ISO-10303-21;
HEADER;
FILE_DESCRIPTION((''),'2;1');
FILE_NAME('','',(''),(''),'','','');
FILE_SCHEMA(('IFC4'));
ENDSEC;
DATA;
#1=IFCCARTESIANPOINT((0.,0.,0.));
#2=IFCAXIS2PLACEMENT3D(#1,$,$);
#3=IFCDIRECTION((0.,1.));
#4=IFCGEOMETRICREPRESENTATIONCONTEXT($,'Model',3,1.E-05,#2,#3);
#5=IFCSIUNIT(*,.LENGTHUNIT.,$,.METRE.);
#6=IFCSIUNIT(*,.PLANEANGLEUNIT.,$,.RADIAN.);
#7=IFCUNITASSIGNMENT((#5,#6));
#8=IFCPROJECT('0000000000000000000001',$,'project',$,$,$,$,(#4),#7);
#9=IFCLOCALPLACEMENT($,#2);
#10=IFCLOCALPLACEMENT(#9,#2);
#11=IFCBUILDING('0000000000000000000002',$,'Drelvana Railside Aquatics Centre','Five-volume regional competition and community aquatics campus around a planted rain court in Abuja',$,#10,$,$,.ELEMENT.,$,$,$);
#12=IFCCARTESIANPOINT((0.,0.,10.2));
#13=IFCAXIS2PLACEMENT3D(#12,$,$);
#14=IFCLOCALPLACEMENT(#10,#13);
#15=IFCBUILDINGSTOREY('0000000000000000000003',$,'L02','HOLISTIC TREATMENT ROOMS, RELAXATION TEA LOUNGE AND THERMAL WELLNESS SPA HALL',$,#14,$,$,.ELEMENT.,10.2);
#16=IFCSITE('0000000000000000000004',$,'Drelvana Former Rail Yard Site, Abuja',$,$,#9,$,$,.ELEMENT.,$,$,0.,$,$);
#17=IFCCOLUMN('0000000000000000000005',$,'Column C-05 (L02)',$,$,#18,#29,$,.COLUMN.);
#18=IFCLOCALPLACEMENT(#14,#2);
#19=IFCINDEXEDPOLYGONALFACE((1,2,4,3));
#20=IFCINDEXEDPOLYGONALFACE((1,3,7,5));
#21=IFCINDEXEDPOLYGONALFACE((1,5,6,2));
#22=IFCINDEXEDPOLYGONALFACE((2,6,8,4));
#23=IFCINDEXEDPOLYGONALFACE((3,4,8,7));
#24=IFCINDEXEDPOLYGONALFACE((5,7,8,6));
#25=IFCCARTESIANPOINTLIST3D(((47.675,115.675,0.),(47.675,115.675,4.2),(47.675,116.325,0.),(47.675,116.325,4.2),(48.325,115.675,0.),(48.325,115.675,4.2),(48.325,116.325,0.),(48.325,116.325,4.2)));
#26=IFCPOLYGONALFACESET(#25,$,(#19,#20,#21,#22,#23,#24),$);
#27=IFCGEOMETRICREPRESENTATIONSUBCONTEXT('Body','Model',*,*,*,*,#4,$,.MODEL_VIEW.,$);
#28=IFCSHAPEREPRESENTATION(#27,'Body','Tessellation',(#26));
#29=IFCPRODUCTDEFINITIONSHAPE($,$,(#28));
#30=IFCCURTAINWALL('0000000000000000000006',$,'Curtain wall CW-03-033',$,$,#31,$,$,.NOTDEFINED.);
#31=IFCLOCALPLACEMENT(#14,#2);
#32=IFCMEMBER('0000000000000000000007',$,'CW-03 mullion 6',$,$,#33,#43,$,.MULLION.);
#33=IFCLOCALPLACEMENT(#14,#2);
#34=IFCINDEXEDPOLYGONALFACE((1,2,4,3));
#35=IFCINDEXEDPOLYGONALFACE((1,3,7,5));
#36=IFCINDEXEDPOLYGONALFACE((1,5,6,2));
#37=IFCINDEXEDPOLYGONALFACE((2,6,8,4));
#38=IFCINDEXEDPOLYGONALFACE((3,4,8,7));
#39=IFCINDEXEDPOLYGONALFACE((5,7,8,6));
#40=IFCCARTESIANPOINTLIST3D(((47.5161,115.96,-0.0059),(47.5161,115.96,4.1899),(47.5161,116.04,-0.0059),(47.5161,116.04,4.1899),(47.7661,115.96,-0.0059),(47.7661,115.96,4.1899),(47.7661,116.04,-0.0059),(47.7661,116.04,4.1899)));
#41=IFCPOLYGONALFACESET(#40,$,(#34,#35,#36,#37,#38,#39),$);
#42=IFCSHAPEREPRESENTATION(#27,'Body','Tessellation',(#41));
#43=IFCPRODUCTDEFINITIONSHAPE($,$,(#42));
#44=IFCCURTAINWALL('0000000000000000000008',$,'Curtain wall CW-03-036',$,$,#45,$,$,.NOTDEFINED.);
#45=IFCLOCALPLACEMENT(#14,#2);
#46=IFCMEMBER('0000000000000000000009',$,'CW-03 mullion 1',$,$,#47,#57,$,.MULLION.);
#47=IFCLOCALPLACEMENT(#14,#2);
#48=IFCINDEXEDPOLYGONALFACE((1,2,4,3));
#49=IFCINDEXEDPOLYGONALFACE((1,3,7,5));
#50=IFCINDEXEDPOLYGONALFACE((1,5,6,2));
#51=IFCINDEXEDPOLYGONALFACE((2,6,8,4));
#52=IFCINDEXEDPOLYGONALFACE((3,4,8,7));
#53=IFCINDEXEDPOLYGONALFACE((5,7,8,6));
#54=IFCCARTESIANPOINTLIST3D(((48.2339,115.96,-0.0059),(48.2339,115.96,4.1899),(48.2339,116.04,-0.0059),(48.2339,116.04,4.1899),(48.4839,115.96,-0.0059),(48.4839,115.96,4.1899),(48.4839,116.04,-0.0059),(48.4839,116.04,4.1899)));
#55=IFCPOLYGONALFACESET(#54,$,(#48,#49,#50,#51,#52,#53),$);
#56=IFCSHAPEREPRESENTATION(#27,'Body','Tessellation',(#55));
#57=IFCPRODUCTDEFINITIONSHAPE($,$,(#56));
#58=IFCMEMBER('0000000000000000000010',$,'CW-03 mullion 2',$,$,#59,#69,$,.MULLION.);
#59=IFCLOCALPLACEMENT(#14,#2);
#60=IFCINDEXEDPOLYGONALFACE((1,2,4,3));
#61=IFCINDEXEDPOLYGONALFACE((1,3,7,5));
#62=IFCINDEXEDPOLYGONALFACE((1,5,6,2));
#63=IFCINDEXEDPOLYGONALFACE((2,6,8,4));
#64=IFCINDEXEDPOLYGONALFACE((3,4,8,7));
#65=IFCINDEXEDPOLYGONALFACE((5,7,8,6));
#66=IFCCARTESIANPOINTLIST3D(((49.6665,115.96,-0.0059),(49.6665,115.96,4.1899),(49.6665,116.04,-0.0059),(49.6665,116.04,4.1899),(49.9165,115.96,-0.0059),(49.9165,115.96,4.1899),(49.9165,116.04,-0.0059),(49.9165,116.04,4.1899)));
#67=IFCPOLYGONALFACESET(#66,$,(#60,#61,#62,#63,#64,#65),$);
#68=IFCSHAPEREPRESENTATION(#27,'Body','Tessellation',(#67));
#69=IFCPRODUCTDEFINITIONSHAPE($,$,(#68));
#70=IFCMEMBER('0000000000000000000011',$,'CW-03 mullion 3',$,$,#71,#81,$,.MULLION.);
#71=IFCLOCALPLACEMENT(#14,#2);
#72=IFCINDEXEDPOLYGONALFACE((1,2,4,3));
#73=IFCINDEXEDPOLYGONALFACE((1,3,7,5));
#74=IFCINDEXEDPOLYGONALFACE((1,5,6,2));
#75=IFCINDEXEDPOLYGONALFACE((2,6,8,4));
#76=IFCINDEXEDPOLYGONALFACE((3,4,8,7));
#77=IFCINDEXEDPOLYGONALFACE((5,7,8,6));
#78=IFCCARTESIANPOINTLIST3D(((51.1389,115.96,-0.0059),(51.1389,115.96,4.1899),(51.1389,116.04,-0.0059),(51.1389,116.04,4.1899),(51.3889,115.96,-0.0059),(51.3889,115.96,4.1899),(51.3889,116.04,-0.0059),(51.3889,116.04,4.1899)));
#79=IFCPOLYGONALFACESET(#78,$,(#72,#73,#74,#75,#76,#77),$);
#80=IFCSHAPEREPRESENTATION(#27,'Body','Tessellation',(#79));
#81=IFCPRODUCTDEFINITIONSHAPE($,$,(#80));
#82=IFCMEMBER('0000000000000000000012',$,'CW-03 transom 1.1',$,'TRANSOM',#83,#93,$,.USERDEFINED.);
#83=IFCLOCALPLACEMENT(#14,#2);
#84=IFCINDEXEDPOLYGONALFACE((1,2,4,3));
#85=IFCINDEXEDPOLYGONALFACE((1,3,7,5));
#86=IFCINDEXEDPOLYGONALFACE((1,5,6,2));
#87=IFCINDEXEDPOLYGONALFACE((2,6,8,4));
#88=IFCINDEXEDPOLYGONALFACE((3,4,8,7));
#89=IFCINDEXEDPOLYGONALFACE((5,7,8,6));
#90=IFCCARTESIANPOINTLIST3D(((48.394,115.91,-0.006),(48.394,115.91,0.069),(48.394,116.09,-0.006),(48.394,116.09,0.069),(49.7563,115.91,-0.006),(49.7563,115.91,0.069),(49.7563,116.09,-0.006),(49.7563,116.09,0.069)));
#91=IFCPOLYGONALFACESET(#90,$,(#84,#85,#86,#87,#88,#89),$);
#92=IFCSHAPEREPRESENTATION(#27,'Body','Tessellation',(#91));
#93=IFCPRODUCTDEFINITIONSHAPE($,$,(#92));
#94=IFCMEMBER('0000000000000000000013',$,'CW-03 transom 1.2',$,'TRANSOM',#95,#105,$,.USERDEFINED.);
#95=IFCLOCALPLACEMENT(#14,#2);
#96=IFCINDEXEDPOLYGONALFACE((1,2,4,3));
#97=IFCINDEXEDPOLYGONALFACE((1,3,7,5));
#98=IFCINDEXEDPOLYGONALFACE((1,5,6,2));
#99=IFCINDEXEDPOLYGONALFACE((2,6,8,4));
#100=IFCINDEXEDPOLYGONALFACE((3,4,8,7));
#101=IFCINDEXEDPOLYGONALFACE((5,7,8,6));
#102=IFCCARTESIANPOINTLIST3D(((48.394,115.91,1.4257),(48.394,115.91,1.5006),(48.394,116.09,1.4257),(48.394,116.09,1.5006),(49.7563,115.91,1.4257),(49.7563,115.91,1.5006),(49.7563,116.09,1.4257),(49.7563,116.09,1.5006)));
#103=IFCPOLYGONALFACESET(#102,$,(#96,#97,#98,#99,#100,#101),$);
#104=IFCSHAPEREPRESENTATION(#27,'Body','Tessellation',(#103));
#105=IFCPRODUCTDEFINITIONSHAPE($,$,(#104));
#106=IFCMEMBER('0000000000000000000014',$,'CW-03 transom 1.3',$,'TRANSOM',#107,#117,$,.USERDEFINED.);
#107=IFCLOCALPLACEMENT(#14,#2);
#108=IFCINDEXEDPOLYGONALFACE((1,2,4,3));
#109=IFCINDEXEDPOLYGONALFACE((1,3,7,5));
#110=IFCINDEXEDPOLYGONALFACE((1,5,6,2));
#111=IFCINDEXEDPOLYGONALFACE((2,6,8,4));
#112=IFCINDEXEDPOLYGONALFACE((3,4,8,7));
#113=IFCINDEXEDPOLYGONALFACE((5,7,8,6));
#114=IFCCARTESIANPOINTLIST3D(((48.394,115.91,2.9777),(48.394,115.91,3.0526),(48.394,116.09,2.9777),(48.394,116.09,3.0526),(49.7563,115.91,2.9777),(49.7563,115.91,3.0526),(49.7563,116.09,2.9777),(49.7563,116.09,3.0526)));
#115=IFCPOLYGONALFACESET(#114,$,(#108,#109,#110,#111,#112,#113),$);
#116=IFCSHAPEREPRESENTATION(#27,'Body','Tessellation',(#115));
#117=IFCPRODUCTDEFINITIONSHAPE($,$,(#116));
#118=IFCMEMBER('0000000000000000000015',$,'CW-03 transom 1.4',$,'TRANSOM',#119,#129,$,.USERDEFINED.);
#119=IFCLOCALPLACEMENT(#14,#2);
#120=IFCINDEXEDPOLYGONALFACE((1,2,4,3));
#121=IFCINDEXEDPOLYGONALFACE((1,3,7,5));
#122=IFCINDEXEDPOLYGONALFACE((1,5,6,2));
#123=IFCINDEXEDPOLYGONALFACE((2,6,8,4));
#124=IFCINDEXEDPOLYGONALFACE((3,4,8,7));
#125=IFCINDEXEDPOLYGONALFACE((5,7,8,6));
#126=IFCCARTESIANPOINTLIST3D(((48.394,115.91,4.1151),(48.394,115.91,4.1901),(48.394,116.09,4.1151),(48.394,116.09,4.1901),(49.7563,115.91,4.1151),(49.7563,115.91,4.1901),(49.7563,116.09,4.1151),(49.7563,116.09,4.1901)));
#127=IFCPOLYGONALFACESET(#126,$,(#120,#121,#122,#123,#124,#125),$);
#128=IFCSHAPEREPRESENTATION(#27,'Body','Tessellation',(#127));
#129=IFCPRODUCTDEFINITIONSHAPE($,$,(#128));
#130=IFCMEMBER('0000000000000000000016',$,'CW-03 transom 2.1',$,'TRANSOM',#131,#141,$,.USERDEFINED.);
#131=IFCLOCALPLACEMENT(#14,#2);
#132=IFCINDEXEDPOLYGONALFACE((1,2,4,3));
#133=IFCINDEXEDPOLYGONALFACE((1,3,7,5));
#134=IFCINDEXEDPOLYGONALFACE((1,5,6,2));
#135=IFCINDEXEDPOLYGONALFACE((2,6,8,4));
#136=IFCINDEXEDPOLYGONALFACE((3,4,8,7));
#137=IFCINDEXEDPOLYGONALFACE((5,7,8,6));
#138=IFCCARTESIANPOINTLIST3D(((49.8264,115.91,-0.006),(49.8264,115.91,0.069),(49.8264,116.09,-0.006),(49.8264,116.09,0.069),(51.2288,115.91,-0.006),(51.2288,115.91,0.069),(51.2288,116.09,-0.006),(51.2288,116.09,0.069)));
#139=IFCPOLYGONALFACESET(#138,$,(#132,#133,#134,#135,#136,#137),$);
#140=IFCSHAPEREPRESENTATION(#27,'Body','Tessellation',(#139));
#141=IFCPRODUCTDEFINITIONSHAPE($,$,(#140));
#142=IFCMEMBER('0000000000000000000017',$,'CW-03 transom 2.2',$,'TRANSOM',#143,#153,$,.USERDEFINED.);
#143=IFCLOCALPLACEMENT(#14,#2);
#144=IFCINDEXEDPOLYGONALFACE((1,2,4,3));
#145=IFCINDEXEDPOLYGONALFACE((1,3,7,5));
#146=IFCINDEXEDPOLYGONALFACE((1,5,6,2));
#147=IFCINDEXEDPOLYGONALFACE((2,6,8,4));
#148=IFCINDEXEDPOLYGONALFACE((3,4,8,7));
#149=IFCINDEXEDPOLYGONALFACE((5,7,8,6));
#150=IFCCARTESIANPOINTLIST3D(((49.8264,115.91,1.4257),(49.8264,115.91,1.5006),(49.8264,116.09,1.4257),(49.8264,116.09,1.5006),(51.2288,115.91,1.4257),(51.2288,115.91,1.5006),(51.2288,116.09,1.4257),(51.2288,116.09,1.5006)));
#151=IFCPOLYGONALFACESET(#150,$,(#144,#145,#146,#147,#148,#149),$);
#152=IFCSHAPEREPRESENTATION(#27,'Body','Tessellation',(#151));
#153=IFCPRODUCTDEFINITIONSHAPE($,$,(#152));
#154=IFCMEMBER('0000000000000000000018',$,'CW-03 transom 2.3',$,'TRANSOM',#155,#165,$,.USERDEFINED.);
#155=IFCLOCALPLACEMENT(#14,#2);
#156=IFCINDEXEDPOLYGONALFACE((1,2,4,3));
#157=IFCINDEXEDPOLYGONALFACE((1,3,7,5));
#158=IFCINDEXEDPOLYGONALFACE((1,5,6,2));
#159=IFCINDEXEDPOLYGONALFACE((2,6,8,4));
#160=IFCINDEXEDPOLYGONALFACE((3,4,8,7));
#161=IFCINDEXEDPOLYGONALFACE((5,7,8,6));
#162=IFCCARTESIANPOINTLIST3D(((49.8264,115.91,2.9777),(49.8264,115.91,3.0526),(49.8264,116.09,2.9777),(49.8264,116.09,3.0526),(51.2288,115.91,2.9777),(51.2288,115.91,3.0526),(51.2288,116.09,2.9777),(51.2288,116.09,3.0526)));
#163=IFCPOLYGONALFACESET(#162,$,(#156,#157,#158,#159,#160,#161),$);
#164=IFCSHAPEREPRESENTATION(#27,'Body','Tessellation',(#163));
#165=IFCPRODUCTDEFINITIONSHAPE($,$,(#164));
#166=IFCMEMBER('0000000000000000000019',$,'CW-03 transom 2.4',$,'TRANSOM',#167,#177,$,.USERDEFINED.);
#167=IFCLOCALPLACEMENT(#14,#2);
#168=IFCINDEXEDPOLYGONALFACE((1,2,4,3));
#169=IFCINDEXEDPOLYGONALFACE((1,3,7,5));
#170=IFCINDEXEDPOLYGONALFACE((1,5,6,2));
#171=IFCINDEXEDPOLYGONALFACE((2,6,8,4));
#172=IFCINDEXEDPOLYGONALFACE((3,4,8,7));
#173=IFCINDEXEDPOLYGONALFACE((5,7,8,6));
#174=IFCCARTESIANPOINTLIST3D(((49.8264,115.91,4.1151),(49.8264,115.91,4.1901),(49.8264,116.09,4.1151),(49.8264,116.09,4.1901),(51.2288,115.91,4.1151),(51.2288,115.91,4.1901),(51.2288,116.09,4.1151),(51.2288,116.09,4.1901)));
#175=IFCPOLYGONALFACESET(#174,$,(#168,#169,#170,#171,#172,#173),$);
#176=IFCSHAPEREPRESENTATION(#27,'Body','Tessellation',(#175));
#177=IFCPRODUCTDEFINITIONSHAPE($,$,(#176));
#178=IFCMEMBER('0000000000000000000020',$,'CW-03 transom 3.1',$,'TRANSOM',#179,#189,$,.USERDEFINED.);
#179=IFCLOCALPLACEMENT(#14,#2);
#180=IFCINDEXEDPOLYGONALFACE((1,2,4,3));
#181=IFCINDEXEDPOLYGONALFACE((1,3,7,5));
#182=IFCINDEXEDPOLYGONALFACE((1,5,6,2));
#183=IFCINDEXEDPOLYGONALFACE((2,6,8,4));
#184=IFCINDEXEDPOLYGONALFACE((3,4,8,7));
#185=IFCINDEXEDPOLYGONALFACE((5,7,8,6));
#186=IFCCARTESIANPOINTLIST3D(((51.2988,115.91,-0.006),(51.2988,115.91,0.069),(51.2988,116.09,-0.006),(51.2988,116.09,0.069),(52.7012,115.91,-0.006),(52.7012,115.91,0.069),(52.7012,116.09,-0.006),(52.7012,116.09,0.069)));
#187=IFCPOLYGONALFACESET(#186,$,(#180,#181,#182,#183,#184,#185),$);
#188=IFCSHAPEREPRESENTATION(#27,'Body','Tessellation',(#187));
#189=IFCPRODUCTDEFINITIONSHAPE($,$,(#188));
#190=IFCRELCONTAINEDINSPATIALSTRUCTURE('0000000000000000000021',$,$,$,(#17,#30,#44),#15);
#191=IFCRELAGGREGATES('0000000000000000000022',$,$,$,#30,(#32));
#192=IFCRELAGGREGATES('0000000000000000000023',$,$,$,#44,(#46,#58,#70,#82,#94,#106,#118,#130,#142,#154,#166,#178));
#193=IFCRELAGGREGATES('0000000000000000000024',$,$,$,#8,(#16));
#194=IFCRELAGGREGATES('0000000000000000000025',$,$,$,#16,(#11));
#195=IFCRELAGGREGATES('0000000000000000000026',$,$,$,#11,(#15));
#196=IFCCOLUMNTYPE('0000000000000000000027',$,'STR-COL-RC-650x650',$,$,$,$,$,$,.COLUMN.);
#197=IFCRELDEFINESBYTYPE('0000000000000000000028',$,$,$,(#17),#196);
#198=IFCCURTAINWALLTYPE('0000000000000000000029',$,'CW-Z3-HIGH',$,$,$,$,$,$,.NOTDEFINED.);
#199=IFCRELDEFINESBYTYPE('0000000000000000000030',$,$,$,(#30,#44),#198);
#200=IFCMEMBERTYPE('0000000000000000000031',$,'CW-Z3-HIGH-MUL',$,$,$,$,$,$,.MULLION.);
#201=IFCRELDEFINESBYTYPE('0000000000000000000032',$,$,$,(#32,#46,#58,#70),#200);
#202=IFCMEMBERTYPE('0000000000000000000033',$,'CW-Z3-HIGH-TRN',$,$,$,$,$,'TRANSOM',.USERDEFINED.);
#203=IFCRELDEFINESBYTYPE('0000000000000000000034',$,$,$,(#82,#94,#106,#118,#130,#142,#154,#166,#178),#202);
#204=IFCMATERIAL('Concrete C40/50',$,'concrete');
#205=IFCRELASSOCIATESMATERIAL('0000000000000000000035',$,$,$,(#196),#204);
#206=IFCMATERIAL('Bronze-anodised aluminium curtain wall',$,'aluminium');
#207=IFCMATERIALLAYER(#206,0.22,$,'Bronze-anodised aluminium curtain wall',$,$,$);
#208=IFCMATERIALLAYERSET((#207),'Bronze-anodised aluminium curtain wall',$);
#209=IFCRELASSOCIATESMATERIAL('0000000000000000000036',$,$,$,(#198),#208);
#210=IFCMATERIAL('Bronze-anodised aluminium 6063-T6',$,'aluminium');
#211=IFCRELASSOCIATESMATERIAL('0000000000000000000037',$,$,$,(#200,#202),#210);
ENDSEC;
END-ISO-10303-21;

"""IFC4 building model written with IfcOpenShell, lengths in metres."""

from ifc_helpers import new_model, si_unit, direction, frame, origin, origin_2d, place, context, subcontext, project, spatial, rectangle, extrude, material, layer, layer_set, material_profile, profile_set, type_object, element, aggregate, save


model = new_model("IFC4")

# Units and contexts
model_context = context("Model", 3, precision=1e-05, world=origin(), true_north=direction((0.0, 1.0)))
body_context = subcontext(model_context, "Body", "Model", "MODEL_VIEW")
ifc_project = project(units=[si_unit("LENGTHUNIT", "METRE"), si_unit("PLANEANGLEUNIT", "RADIAN")], contexts=[model_context])

# Site, building, storey
site_placement = place(None, origin())
site = spatial("IfcSite", under=ifc_project, at=site_placement, Name="Drelvana Former Rail Yard Site, Abuja", CompositionType="ELEMENT", RefElevation=0.0)
building_placement = place(site_placement, origin())
building = spatial("IfcBuilding", under=site, at=building_placement, Name="Drelvana Railside Aquatics Centre", Description="Five-volume regional competition and community aquatics campus around a planted rain court in Abuja", CompositionType="ELEMENT")
storey_placement = place(building_placement, frame((0.0, 0.0, 10.2)))
storey = spatial("IfcBuildingStorey", under=building, at=storey_placement, Name="L02", Description="HOLISTIC TREATMENT ROOMS, RELAXATION TEA LOUNGE AND THERMAL WELLNESS SPA HALL", CompositionType="ELEMENT", Elevation=10.2)

# Column
ifc_material_1 = material(Name="Concrete C40/50", Category="concrete")
ifc_material_profile_1 = material_profile(ifc_material_1, rectangle(XDim=0.6499, YDim=0.6499, at=origin_2d()), Name="RC 650x650")
ifc_profile_set_1 = profile_set([ifc_material_profile_1], Name="Concrete C40/50")
column_type = type_object("IfcColumnType", Name="STR-COL-RC-650x650", PredefinedType="COLUMN", material=ifc_profile_set_1)
column_placement = place(storey_placement, frame((48.0, 116.0, 0.0), z_axis=(0.0, 0.0, 1.0), x_axis=(1.0, 0.0, 0.0)))
element("IfcColumn", 1, at=column_placement, inside=storey, type_object=column_type, Name="Column C-05 (L02)", PredefinedType="COLUMN", context=body_context, shape_type="SweptSolid", body=[
    extrude(rectangle(XDim=0.6499, YDim=0.6499, at=origin_2d()), origin(), (0.0, 0.0, 1.0), 4.2),
])

# Curtain wall, member
ifc_material_2 = material(Name="Bronze-anodised aluminium curtain wall", Category="aluminium")
ifc_layer_1 = layer(ifc_material_2, 0.22, Name="Bronze-anodised aluminium curtain wall")
ifc_layer_set_1 = layer_set([ifc_layer_1], Name="Bronze-anodised aluminium curtain wall")
curtain_wall_type = type_object("IfcCurtainWallType", Name="CW-Z3-HIGH", PredefinedType="NOTDEFINED", material=ifc_layer_set_1)
curtain_wall_1_placement = place(storey_placement, origin())
curtain_wall_1 = element("IfcCurtainWall", 2, at=curtain_wall_1_placement, inside=storey, type_object=curtain_wall_type, Name="Curtain wall CW-03-033", PredefinedType="NOTDEFINED")
ifc_material_3 = material(Name="Bronze-anodised aluminium 6063-T6", Category="aluminium")
ifc_material_profile_2 = material_profile(ifc_material_3, rectangle(XDim=0.0801, YDim=0.25, at=origin_2d()), Name="ALU-M 80x250")
ifc_profile_set_2 = profile_set([ifc_material_profile_2], Name="Bronze-anodised aluminium 6063-T6")
member_type_1 = type_object("IfcMemberType", Name="CW-Z3-HIGH-MUL", PredefinedType="MULLION", material=ifc_profile_set_2)
member_1_placement = place(storey_placement, frame((47.6411, 116.0, -0.0059), z_axis=(0.0, 0.0, 1.0), x_axis=(0.0, 1.0, 0.0)))
member_1 = element("IfcMember", 3, at=member_1_placement, type_object=member_type_1, Name="CW-03 mullion 6", PredefinedType="MULLION", context=body_context, shape_type="SweptSolid", body=[
    extrude(rectangle(XDim=0.0801, YDim=0.25, at=origin_2d()), origin(), (0.0, 0.0, 1.0), 4.1958),
])

# Curtain wall, members
curtain_wall_2_placement = place(storey_placement, origin())
curtain_wall_2 = element("IfcCurtainWall", 4, at=curtain_wall_2_placement, inside=storey, type_object=curtain_wall_type, Name="Curtain wall CW-03-036", PredefinedType="NOTDEFINED")
member_2_placement = place(storey_placement, frame((48.3589, 116.0, -0.0059), z_axis=(0.0, 0.0, 1.0), x_axis=(0.0, 1.0, 0.0)))
member_2 = element("IfcMember", 5, at=member_2_placement, type_object=member_type_1, Name="CW-03 mullion 1", PredefinedType="MULLION", context=body_context, shape_type="SweptSolid", body=[
    extrude(rectangle(XDim=0.0801, YDim=0.25, at=origin_2d()), origin(), (0.0, 0.0, 1.0), 4.1958),
])
member_3_placement = place(storey_placement, frame((49.7915, 116.0, -0.0059), z_axis=(0.0, 0.0, 1.0), x_axis=(0.0, 1.0, 0.0)))
member_3 = element("IfcMember", 6, at=member_3_placement, type_object=member_type_1, Name="CW-03 mullion 2", PredefinedType="MULLION", context=body_context, shape_type="SweptSolid", body=[
    extrude(rectangle(XDim=0.0801, YDim=0.25, at=origin_2d()), origin(), (0.0, 0.0, 1.0), 4.1958),
])
member_4_placement = place(storey_placement, frame((51.2639, 116.0, -0.0059), z_axis=(0.0, 0.0, 1.0), x_axis=(0.0, 1.0, 0.0)))
member_4 = element("IfcMember", 7, at=member_4_placement, type_object=member_type_1, Name="CW-03 mullion 3", PredefinedType="MULLION", context=body_context, shape_type="SweptSolid", body=[
    extrude(rectangle(XDim=0.0801, YDim=0.25, at=origin_2d()), origin(), (0.0, 0.0, 1.0), 4.1958),
])
ifc_material_profile_3 = material_profile(ifc_material_3, rectangle(XDim=0.1799, YDim=0.075, at=origin_2d()), Name="ALU-T 75x180")
ifc_profile_set_3 = profile_set([ifc_material_profile_3], Name="Bronze-anodised aluminium 6063-T6")
member_type_2 = type_object("IfcMemberType", Name="CW-Z3-HIGH-TRN", ElementType="TRANSOM", PredefinedType="USERDEFINED", material=ifc_profile_set_3)
member_5_placement = place(storey_placement, frame((48.394, 116.0, 0.0315), z_axis=(1.0, 0.0, 0.0), x_axis=(0.0, 1.0, 0.0)))
member_5 = element("IfcMember", 8, at=member_5_placement, type_object=member_type_2, Name="CW-03 transom 1.1", ObjectType="TRANSOM", PredefinedType="USERDEFINED", context=body_context, shape_type="SweptSolid", body=[
    extrude(rectangle(XDim=0.1799, YDim=0.075, at=origin_2d()), origin(), (0.0, 0.0, 1.0), 1.3623),
])
member_6_placement = place(storey_placement, frame((48.394, 116.0, 1.4631), z_axis=(1.0, 0.0, 0.0), x_axis=(0.0, 1.0, 0.0)))
member_6 = element("IfcMember", 9, at=member_6_placement, type_object=member_type_2, Name="CW-03 transom 1.2", ObjectType="TRANSOM", PredefinedType="USERDEFINED", context=body_context, shape_type="SweptSolid", body=[
    extrude(rectangle(XDim=0.1799, YDim=0.075, at=origin_2d()), origin(), (0.0, 0.0, 1.0), 1.3623),
])
member_7_placement = place(storey_placement, frame((48.394, 116.0, 3.0151), z_axis=(1.0, 0.0, 0.0), x_axis=(0.0, 1.0, 0.0)))
member_7 = element("IfcMember", 10, at=member_7_placement, type_object=member_type_2, Name="CW-03 transom 1.3", ObjectType="TRANSOM", PredefinedType="USERDEFINED", context=body_context, shape_type="SweptSolid", body=[
    extrude(rectangle(XDim=0.1799, YDim=0.075, at=origin_2d()), origin(), (0.0, 0.0, 1.0), 1.3623),
])
member_8_placement = place(storey_placement, frame((48.394, 116.0, 4.1526), z_axis=(1.0, 0.0, 0.0), x_axis=(0.0, 1.0, 0.0)))
member_8 = element("IfcMember", 11, at=member_8_placement, type_object=member_type_2, Name="CW-03 transom 1.4", ObjectType="TRANSOM", PredefinedType="USERDEFINED", context=body_context, shape_type="SweptSolid", body=[
    extrude(rectangle(XDim=0.1799, YDim=0.075, at=origin_2d()), origin(), (0.0, 0.0, 1.0), 1.3623),
])
member_9_placement = place(storey_placement, frame((49.8264, 116.0, 0.0315), z_axis=(1.0, 0.0, 0.0), x_axis=(0.0, 1.0, 0.0)))
member_9 = element("IfcMember", 12, at=member_9_placement, type_object=member_type_2, Name="CW-03 transom 2.1", ObjectType="TRANSOM", PredefinedType="USERDEFINED", context=body_context, shape_type="SweptSolid", body=[
    extrude(rectangle(XDim=0.1799, YDim=0.075, at=origin_2d()), origin(), (0.0, 0.0, 1.0), 1.4023),
])
member_10_placement = place(storey_placement, frame((49.8264, 116.0, 1.4631), z_axis=(1.0, 0.0, 0.0), x_axis=(0.0, 1.0, 0.0)))
member_10 = element("IfcMember", 13, at=member_10_placement, type_object=member_type_2, Name="CW-03 transom 2.2", ObjectType="TRANSOM", PredefinedType="USERDEFINED", context=body_context, shape_type="SweptSolid", body=[
    extrude(rectangle(XDim=0.1799, YDim=0.075, at=origin_2d()), origin(), (0.0, 0.0, 1.0), 1.4023),
])
member_11_placement = place(storey_placement, frame((49.8264, 116.0, 3.0151), z_axis=(1.0, 0.0, 0.0), x_axis=(0.0, 1.0, 0.0)))
member_11 = element("IfcMember", 14, at=member_11_placement, type_object=member_type_2, Name="CW-03 transom 2.3", ObjectType="TRANSOM", PredefinedType="USERDEFINED", context=body_context, shape_type="SweptSolid", body=[
    extrude(rectangle(XDim=0.1799, YDim=0.075, at=origin_2d()), origin(), (0.0, 0.0, 1.0), 1.4023),
])
member_12_placement = place(storey_placement, frame((49.8264, 116.0, 4.1526), z_axis=(1.0, 0.0, 0.0), x_axis=(0.0, 1.0, 0.0)))
member_12 = element("IfcMember", 15, at=member_12_placement, type_object=member_type_2, Name="CW-03 transom 2.4", ObjectType="TRANSOM", PredefinedType="USERDEFINED", context=body_context, shape_type="SweptSolid", body=[
    extrude(rectangle(XDim=0.1799, YDim=0.075, at=origin_2d()), origin(), (0.0, 0.0, 1.0), 1.4023),
])
member_13_placement = place(storey_placement, frame((51.2988, 116.0, 0.0315), z_axis=(1.0, 0.0, 0.0), x_axis=(0.0, 1.0, 0.0)))
member_13 = element("IfcMember", 16, at=member_13_placement, type_object=member_type_2, Name="CW-03 transom 3.1", ObjectType="TRANSOM", PredefinedType="USERDEFINED", context=body_context, shape_type="SweptSolid", body=[
    extrude(rectangle(XDim=0.1799, YDim=0.075, at=origin_2d()), origin(), (0.0, 0.0, 1.0), 1.4023),
])

aggregate(curtain_wall_1, [member_1])
aggregate(curtain_wall_2, [member_2, member_3, member_4, member_5, member_6, member_7, member_8, member_9, member_10, member_11, member_12, member_13])

save(model, "model.ifc")
